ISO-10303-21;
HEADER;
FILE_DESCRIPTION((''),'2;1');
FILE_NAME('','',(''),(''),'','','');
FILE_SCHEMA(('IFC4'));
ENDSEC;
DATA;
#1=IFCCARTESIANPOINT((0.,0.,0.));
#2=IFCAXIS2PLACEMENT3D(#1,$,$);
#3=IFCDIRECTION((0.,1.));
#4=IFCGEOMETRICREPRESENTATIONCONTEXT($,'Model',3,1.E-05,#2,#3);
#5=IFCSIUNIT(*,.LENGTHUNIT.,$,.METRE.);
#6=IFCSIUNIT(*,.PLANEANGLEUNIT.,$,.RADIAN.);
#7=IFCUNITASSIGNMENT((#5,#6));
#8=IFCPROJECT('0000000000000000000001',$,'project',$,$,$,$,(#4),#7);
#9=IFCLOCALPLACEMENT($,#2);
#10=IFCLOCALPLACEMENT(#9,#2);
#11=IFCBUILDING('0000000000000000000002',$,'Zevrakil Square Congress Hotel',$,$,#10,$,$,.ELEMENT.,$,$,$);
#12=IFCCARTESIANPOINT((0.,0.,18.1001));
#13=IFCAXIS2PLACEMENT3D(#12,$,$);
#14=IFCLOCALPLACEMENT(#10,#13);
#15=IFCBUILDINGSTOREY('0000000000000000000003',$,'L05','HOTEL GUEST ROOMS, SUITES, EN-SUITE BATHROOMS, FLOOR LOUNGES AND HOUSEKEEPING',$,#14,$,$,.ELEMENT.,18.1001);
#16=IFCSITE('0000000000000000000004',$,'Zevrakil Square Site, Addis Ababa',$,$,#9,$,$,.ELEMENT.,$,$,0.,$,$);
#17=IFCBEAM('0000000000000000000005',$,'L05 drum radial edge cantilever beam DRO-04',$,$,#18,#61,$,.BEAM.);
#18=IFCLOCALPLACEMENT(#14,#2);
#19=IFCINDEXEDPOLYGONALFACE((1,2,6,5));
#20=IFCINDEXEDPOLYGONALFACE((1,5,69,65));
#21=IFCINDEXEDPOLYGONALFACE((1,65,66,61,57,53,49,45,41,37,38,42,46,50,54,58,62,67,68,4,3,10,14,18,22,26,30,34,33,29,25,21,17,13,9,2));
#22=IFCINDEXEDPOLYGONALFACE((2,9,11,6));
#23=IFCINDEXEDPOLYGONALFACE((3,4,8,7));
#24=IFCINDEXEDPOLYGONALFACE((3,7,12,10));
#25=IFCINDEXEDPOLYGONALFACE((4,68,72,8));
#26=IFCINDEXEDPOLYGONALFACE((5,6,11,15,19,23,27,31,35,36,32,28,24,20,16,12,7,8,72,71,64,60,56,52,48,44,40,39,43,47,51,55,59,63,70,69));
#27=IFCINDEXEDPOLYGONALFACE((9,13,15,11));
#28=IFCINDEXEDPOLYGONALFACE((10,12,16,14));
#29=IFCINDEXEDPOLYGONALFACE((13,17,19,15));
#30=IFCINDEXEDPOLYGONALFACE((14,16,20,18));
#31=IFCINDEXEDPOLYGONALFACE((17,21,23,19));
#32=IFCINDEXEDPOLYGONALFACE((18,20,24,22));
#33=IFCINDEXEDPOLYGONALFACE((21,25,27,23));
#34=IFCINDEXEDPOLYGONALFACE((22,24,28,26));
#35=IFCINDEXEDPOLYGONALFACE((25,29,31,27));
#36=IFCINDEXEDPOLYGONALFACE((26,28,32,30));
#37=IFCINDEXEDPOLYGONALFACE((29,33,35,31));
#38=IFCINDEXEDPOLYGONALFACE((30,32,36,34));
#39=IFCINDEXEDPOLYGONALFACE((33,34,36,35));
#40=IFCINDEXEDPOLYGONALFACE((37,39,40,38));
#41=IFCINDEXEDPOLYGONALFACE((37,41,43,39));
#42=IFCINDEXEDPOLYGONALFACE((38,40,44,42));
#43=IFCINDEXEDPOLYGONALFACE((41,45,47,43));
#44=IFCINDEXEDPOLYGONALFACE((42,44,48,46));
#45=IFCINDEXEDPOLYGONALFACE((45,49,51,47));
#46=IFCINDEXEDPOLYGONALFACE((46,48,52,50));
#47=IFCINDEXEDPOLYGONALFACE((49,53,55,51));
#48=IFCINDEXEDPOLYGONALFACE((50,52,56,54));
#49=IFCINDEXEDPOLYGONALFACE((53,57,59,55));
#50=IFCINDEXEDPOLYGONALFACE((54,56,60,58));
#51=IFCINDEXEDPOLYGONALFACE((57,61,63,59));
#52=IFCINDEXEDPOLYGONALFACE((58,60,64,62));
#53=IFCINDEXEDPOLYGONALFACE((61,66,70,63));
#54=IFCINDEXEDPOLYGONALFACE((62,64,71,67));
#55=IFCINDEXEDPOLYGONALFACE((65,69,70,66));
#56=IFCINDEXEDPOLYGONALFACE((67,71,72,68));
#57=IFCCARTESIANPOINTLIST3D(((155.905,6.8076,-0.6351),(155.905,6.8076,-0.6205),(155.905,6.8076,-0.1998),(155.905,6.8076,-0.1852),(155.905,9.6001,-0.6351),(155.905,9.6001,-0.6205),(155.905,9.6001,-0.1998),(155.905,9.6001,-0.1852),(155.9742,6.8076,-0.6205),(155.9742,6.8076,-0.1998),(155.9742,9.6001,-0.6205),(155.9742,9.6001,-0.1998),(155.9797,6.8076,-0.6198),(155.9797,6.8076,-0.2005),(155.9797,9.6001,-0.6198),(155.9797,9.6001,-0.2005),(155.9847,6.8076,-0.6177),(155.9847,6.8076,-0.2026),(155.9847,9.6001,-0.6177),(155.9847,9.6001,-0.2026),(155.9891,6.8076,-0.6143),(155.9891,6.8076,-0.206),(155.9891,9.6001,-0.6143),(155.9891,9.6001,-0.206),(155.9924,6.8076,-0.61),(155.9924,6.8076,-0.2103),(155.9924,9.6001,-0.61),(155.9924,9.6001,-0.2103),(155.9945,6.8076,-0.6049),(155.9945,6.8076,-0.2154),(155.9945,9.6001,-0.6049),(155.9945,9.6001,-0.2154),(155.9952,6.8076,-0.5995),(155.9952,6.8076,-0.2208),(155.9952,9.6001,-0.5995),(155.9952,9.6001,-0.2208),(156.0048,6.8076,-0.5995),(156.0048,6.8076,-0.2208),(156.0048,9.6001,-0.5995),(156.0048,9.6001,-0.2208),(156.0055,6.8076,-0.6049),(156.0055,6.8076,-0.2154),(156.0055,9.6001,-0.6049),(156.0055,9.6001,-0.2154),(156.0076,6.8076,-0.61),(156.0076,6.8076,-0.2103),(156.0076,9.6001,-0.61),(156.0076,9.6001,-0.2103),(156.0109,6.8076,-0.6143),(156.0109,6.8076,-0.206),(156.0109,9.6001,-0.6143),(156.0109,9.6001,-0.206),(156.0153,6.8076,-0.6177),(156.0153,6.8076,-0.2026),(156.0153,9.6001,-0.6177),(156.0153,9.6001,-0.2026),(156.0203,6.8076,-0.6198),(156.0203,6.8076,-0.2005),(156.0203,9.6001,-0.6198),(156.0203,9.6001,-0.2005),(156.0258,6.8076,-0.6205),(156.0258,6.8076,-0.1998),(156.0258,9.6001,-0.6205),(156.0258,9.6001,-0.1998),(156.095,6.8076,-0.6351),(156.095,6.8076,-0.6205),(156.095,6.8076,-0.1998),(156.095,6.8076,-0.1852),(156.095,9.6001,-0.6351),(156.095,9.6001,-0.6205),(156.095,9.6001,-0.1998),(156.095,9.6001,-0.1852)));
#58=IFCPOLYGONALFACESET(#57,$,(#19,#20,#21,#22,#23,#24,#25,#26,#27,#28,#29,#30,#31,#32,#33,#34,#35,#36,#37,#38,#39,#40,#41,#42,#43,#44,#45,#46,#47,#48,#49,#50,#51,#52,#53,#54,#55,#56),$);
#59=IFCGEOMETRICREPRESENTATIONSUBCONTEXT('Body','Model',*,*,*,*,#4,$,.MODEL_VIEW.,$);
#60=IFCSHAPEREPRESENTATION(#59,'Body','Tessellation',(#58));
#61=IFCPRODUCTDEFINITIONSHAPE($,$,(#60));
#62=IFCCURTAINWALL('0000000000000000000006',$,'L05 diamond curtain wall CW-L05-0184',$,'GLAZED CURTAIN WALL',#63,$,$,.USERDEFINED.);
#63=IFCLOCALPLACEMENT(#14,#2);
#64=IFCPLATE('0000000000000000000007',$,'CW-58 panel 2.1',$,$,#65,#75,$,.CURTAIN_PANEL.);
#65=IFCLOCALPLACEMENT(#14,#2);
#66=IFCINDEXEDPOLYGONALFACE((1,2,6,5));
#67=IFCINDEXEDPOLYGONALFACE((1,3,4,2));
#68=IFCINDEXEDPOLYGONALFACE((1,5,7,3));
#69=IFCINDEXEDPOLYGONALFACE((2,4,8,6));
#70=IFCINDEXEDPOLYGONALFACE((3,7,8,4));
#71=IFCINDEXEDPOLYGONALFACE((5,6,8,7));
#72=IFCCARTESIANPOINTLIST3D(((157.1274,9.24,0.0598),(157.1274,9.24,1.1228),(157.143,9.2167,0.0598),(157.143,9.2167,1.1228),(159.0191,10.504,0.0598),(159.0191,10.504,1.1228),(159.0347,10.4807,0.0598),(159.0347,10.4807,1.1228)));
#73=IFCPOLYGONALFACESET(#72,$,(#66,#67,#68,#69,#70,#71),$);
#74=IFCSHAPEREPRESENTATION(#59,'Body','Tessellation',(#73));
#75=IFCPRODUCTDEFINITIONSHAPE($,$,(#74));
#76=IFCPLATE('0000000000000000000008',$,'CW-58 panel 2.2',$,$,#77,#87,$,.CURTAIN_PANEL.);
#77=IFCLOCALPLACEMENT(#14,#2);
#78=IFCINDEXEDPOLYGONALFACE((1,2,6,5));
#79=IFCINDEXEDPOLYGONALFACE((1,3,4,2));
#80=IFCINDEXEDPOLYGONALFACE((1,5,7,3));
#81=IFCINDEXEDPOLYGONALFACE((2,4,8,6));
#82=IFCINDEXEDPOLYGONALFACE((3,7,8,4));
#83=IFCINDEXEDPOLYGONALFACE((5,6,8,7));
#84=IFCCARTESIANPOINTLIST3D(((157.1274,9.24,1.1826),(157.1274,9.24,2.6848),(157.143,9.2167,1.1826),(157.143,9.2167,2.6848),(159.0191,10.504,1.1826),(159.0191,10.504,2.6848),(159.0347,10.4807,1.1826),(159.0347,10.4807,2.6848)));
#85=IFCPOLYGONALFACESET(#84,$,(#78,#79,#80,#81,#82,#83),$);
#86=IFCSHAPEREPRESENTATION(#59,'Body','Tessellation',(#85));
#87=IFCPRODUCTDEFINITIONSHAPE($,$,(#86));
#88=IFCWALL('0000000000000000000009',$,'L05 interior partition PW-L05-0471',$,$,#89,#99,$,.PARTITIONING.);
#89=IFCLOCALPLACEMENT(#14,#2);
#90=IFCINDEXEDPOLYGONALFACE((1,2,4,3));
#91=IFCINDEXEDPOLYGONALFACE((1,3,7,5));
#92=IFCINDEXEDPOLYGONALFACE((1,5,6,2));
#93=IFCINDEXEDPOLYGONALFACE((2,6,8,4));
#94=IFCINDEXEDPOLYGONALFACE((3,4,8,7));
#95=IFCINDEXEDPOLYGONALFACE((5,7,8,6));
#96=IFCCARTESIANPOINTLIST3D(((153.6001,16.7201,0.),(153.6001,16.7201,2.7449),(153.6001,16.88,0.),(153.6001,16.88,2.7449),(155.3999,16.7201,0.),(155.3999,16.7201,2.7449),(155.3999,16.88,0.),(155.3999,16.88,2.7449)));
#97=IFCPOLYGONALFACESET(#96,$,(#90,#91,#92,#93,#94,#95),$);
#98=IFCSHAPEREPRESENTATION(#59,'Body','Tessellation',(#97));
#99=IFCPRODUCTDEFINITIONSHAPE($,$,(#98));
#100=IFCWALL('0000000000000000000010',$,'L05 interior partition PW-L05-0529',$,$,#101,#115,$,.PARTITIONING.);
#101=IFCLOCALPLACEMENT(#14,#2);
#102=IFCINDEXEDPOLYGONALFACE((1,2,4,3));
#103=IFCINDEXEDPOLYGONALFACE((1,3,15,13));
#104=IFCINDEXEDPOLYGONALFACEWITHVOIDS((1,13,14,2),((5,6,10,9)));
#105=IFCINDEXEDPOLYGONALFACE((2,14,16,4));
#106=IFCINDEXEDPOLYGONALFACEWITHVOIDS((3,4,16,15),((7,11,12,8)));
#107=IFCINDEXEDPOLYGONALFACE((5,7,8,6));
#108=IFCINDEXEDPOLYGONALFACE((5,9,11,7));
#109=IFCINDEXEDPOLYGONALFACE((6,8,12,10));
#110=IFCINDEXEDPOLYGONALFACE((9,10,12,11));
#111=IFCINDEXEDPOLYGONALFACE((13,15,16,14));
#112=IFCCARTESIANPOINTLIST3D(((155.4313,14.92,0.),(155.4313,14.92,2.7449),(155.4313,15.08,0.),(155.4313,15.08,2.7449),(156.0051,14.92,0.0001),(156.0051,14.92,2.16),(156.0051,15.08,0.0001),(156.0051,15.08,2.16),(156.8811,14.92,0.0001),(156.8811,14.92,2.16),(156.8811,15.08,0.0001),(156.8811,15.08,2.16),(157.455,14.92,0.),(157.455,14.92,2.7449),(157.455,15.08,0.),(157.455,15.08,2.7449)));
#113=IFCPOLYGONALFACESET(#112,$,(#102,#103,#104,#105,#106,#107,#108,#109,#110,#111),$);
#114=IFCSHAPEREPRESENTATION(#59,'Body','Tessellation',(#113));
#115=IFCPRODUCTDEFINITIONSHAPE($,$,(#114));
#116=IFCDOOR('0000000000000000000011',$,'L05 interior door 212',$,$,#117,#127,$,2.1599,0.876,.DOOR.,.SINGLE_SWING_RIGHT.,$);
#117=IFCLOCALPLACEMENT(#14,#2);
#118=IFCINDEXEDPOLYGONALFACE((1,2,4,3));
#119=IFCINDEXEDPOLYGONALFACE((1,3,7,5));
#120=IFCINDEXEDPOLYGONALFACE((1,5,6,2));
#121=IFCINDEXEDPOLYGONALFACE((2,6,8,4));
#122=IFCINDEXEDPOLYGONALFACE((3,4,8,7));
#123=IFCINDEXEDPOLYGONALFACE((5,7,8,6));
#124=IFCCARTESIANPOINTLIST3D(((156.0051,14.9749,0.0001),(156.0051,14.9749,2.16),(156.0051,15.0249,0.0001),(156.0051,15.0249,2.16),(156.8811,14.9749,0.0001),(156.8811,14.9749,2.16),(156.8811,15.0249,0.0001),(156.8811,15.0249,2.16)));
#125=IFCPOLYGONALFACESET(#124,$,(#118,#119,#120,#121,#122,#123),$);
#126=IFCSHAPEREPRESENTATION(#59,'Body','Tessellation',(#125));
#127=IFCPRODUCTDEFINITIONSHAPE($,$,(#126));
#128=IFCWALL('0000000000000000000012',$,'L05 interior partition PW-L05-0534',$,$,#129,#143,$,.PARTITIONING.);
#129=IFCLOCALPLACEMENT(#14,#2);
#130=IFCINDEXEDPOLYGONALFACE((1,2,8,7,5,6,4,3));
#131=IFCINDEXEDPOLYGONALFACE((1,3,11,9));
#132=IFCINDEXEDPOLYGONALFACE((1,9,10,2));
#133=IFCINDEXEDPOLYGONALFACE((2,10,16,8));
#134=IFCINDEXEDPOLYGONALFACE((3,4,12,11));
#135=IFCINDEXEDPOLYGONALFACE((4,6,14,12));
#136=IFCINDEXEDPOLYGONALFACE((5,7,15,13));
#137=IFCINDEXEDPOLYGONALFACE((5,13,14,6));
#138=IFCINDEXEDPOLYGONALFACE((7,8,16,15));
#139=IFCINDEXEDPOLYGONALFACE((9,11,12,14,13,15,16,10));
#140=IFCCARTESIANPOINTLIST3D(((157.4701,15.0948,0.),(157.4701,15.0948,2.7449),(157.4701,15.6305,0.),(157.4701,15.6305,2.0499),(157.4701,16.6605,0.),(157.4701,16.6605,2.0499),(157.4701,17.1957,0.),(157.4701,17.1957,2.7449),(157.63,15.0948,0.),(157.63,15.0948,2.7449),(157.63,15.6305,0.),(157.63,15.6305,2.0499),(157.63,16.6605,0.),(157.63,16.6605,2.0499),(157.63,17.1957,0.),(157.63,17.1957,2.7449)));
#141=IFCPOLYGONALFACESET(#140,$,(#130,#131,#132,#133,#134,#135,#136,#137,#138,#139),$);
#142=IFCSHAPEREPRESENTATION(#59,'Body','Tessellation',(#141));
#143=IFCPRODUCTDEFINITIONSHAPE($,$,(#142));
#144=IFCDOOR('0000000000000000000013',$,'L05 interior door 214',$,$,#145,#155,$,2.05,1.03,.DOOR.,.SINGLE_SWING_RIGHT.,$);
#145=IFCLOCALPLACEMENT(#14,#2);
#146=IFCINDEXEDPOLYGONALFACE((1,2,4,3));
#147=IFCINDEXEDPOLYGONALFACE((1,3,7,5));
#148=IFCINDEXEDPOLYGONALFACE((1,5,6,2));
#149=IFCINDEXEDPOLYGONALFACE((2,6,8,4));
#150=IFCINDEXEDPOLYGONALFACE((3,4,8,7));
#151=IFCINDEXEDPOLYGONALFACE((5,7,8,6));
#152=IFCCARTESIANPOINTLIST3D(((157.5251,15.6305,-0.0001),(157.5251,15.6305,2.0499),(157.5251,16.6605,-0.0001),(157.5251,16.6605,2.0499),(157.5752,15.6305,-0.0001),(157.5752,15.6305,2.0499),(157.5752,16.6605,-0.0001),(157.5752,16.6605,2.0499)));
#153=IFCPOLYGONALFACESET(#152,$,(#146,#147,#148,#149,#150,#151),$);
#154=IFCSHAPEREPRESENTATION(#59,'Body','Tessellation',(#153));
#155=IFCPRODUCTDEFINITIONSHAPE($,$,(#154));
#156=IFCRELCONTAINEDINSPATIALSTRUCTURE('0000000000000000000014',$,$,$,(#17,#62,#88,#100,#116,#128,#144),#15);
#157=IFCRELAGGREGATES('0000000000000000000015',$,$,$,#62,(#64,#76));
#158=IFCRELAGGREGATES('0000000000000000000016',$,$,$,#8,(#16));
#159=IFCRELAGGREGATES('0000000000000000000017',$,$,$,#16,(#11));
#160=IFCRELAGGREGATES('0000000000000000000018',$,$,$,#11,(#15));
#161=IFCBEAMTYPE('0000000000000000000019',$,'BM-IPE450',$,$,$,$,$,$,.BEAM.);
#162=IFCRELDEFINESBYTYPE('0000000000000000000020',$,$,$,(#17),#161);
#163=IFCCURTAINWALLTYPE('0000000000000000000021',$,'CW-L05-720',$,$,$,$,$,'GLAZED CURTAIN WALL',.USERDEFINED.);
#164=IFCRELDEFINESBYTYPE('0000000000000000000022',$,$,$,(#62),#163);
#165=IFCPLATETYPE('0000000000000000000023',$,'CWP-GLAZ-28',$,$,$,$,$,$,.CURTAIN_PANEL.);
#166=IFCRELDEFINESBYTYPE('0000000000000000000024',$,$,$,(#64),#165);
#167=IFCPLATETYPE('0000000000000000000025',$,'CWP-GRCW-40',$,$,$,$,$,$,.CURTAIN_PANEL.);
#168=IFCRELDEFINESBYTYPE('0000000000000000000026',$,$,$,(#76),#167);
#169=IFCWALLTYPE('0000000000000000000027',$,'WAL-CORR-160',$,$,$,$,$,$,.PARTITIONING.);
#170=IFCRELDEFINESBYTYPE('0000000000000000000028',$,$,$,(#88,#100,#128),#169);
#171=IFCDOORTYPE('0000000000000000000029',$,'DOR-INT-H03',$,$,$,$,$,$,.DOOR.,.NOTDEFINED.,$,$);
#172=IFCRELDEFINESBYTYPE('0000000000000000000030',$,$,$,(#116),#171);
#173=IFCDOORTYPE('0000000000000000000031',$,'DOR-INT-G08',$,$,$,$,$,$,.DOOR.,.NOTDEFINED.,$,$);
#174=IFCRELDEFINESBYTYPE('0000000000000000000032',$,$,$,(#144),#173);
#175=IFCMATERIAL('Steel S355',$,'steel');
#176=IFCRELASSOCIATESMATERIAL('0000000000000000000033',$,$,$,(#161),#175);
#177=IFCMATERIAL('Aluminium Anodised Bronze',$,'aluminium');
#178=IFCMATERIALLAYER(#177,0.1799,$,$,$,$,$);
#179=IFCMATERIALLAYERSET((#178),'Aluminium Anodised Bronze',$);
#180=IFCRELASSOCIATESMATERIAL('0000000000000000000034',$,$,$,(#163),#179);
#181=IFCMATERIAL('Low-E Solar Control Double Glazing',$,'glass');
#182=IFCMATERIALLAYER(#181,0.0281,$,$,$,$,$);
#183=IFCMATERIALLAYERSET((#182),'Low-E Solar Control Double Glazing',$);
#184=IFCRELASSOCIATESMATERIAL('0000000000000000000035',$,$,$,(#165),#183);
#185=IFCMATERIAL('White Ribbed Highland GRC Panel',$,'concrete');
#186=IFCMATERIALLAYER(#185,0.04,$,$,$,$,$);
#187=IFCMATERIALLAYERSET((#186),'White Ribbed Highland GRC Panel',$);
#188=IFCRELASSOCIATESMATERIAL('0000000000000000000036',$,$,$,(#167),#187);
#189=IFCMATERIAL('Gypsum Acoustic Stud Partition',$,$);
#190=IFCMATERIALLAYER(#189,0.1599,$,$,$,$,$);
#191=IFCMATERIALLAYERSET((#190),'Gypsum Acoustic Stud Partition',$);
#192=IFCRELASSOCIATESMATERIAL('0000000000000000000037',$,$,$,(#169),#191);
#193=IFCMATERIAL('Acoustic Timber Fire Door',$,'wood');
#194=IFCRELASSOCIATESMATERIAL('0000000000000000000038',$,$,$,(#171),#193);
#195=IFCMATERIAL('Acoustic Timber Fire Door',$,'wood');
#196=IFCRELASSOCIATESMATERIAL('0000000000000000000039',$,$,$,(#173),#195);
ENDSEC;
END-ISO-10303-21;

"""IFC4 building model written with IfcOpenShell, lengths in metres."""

from ifc_helpers import new_model, si_unit, direction, frame, frame_2d, origin, origin_2d, place, context, subcontext, project, spatial, rectangle, i_section, extrude, material, layer, layer_set, material_profile, profile_set, type_object, element, fill, aggregate, save


model = new_model("IFC4")

# Units and contexts
model_context = context("Model", 3, precision=1e-05, world=origin(), true_north=direction((0.0, 1.0)))
body_context = subcontext(model_context, "Body", "Model", "MODEL_VIEW")
ifc_project = project(units=[si_unit("LENGTHUNIT", "METRE"), si_unit("PLANEANGLEUNIT", "RADIAN")], contexts=[model_context])

# Site, building, storey
site_placement = place(None, origin())
site = spatial("IfcSite", under=ifc_project, at=site_placement, Name="Zevrakil Square Site, Addis Ababa", CompositionType="ELEMENT", RefElevation=0.0)
building_placement = place(site_placement, origin())
building = spatial("IfcBuilding", under=site, at=building_placement, Name="Zevrakil Square Congress Hotel", CompositionType="ELEMENT")
storey_placement = place(building_placement, frame((0.0, 0.0, 18.1001)))
storey = spatial("IfcBuildingStorey", under=building, at=storey_placement, Name="L05", Description="HOTEL GUEST ROOMS, SUITES, EN-SUITE BATHROOMS, FLOOR LOUNGES AND HOUSEKEEPING", CompositionType="ELEMENT", Elevation=18.1001)

# Beam
ifc_material_1 = material(Name="Steel S355", Category="steel")
ifc_material_profile_1 = material_profile(ifc_material_1, i_section(OverallWidth=0.1899, OverallDepth=0.45, WebThickness=0.0095, FlangeThickness=0.0146, FilletRadius=0.021, at=origin_2d()), Name="IPE 450")
ifc_profile_set_1 = profile_set([ifc_material_profile_1], Name="Steel S355")
beam_type_1 = type_object("IfcBeamType", Name="BM-IPE450", PredefinedType="BEAM", material=ifc_profile_set_1)
beam_1_placement = place(storey_placement, frame((156.0, 9.6001, -0.4102), z_axis=(0.0, -1.0, 0.0), x_axis=(1.0, 0.0, 0.0)))
element("IfcBeam", 1, at=beam_1_placement, inside=storey, type_object=beam_type_1, Name="L05 drum radial edge cantilever beam DRO-04", PredefinedType="BEAM", context=body_context, shape_type="SweptSolid", body=[
    extrude(i_section(OverallWidth=0.1899, OverallDepth=0.45, WebThickness=0.0095, FlangeThickness=0.0146, FilletRadius=0.021, at=origin_2d()), origin(), (0.0, 0.0, 1.0), 2.7925),
])

# Curtain wall, plates
ifc_material_2 = material(Name="Aluminium Anodised Bronze", Category="aluminium")
ifc_layer_1 = layer(ifc_material_2, 0.1799)
ifc_layer_set_1 = layer_set([ifc_layer_1], Name="Aluminium Anodised Bronze")
curtain_wall_type = type_object("IfcCurtainWallType", Name="CW-L05-720", ElementType="GLAZED CURTAIN WALL", PredefinedType="USERDEFINED", material=ifc_layer_set_1)
curtain_wall_placement = place(storey_placement, origin())
curtain_wall = element("IfcCurtainWall", 2, at=curtain_wall_placement, inside=storey, type_object=curtain_wall_type, Name="L05 diamond curtain wall CW-L05-0184", ObjectType="GLAZED CURTAIN WALL", PredefinedType="USERDEFINED")
ifc_material_3 = material(Name="Low-E Solar Control Double Glazing", Category="glass")
ifc_layer_2 = layer(ifc_material_3, 0.0281)
ifc_layer_set_2 = layer_set([ifc_layer_2], Name="Low-E Solar Control Double Glazing")
plate_type_1 = type_object("IfcPlateType", Name="CWP-GLAZ-28", PredefinedType="CURTAIN_PANEL", material=ifc_layer_set_2)
plate_1_placement = place(storey_placement, frame((158.0811, 9.8604, 0.0598), z_axis=(0.0, 0.0, 1.0), x_axis=(0.831466, 0.555576, 0.0)))
plate_1 = element("IfcPlate", 3, at=plate_1_placement, type_object=plate_type_1, Name="CW-58 panel 2.1", PredefinedType="CURTAIN_PANEL", context=body_context, shape_type="SweptSolid", body=[
    extrude(rectangle(XDim=2.2751, YDim=0.0281, at=origin_2d()), origin(), (0.0, 0.0, 1.0), 1.063),
])
ifc_material_4 = material(Name="White Ribbed Highland GRC Panel", Category="concrete")
ifc_layer_3 = layer(ifc_material_4, 0.04)
ifc_layer_set_3 = layer_set([ifc_layer_3], Name="White Ribbed Highland GRC Panel")
plate_type_2 = type_object("IfcPlateType", Name="CWP-GRCW-40", PredefinedType="CURTAIN_PANEL", material=ifc_layer_set_3)
plate_2_placement = place(storey_placement, frame((158.0811, 9.8604, 1.1826), z_axis=(0.0, 0.0, 1.0), x_axis=(0.831466, 0.555576, 0.0)))
plate_2 = element("IfcPlate", 4, at=plate_2_placement, type_object=plate_type_2, Name="CW-58 panel 2.2", PredefinedType="CURTAIN_PANEL", context=body_context, shape_type="SweptSolid", body=[
    extrude(rectangle(XDim=2.2751, YDim=0.0281, at=origin_2d()), origin(), (0.0, 0.0, 1.0), 1.5022),
])
aggregate(curtain_wall, [plate_1, plate_2])

# Wall
ifc_material_5 = material(Name="Gypsum Acoustic Stud Partition")
ifc_layer_4 = layer(ifc_material_5, 0.1599)
ifc_layer_set_4 = layer_set([ifc_layer_4], Name="Gypsum Acoustic Stud Partition")
wall_type_1 = type_object("IfcWallType", Name="WAL-CORR-160", PredefinedType="PARTITIONING", material=ifc_layer_set_4)
wall_1_placement = place(storey_placement, frame((153.6001, 16.8, 0.0), z_axis=(0.0, 0.0, 1.0), x_axis=(1.0, 0.0, 0.0)))
element("IfcWall", 5, at=wall_1_placement, inside=storey, type_object=wall_type_1, Name="L05 interior partition PW-L05-0471", PredefinedType="PARTITIONING", context=body_context, shape_type="SweptSolid", body=[
    extrude(rectangle(XDim=1.7998, YDim=0.1599, at=frame_2d((0.8999, 0.0))), origin(), (0.0, 0.0, 1.0), 2.7449),
])

# Walls, openings, doors
wall_2_placement = place(storey_placement, frame((155.4314, 15.0, 0.0), z_axis=(0.0, 0.0, 1.0), x_axis=(1.0, 0.0, 0.0)))
wall_2 = element("IfcWall", 6, at=wall_2_placement, inside=storey, type_object=wall_type_1, Name="L05 interior partition PW-L05-0529", PredefinedType="PARTITIONING", context=body_context, shape_type="SweptSolid", body=[
    extrude(rectangle(XDim=2.0237, YDim=0.1599, at=frame_2d((1.0117, 0.0))), origin(), (0.0, 0.0, 1.0), 2.7449),
])
opening_1_placement = place(wall_2_placement, frame((0.5737, 0.0, 0.0)))
opening_1 = element("IfcOpeningElement", 7, at=opening_1_placement, cuts=wall_2, PredefinedType="OPENING", context=body_context, shape_type="SweptSolid", body=[
    extrude(rectangle(XDim=0.876, YDim=2.1599, at=frame_2d((0.438, 1.0801))), frame((0.0, 0.0898, 0.0), z_axis=(0.0, -1.0, 0.0), x_axis=(1.0, 0.0, 0.0)), (0.0, 0.0, 1.0), 0.1799),
])
ifc_material_6 = material(Name="Acoustic Timber Fire Door", Category="wood")
door_type_1 = type_object("IfcDoorType", Name="DOR-INT-H03", OperationType="NOTDEFINED", PredefinedType="DOOR", material=ifc_material_6)
door_1_placement = place(opening_1_placement, origin())
door_1 = element("IfcDoor", 8, at=door_1_placement, inside=storey, type_object=door_type_1, Name="L05 interior door 212", OperationType="SINGLE_SWING_RIGHT", OverallHeight=2.1599, OverallWidth=0.876, PredefinedType="DOOR", context=body_context, shape_type="SweptSolid", body=[
    extrude(rectangle(XDim=0.876, YDim=2.1599, at=frame_2d((0.438, 1.0801))), frame((0.0, 0.0249, 0.0), z_axis=(0.0, -1.0, 0.0), x_axis=(1.0, 0.0, 0.0)), (0.0, 0.0, 1.0), 0.05),
])
fill(opening_1, door_1)
wall_3_placement = place(storey_placement, frame((157.55, 15.095, 0.0), z_axis=(0.0, 0.0, 1.0), x_axis=(0.0, 1.0, 0.0)))
wall_3 = element("IfcWall", 9, at=wall_3_placement, inside=storey, type_object=wall_type_1, Name="L05 interior partition PW-L05-0534", PredefinedType="PARTITIONING", context=body_context, shape_type="SweptSolid", body=[
    extrude(rectangle(XDim=2.1008, YDim=0.1599, at=frame_2d((1.0503, 0.0))), origin(), (0.0, 0.0, 1.0), 2.7449),
])
opening_2_placement = place(wall_3_placement, frame((0.5354, 0.0, 0.0)))
opening_2 = element("IfcOpeningElement", 10, at=opening_2_placement, cuts=wall_3, PredefinedType="OPENING", context=body_context, shape_type="SweptSolid", body=[
    extrude(rectangle(XDim=1.03, YDim=2.05, at=frame_2d((0.5151, 1.0249))), frame((0.0, 0.0898, 0.0), z_axis=(0.0, -1.0, 0.0), x_axis=(1.0, 0.0, 0.0)), (0.0, 0.0, 1.0), 0.1799),
])
ifc_material_7 = material(Name="Acoustic Timber Fire Door", Category="wood")
door_type_2 = type_object("IfcDoorType", Name="DOR-INT-G08", OperationType="NOTDEFINED", PredefinedType="DOOR", material=ifc_material_7)
door_2_placement = place(opening_2_placement, origin())
door_2 = element("IfcDoor", 11, at=door_2_placement, inside=storey, type_object=door_type_2, Name="L05 interior door 214", OperationType="SINGLE_SWING_RIGHT", OverallHeight=2.05, OverallWidth=1.03, PredefinedType="DOOR", context=body_context, shape_type="SweptSolid", body=[
    extrude(rectangle(XDim=1.03, YDim=2.05, at=frame_2d((0.5151, 1.0249))), frame((0.0, 0.0249, 0.0), z_axis=(0.0, -1.0, 0.0), x_axis=(1.0, 0.0, 0.0)), (0.0, 0.0, 1.0), 0.05),
])
fill(opening_2, door_2)

save(model, "model.ifc")
